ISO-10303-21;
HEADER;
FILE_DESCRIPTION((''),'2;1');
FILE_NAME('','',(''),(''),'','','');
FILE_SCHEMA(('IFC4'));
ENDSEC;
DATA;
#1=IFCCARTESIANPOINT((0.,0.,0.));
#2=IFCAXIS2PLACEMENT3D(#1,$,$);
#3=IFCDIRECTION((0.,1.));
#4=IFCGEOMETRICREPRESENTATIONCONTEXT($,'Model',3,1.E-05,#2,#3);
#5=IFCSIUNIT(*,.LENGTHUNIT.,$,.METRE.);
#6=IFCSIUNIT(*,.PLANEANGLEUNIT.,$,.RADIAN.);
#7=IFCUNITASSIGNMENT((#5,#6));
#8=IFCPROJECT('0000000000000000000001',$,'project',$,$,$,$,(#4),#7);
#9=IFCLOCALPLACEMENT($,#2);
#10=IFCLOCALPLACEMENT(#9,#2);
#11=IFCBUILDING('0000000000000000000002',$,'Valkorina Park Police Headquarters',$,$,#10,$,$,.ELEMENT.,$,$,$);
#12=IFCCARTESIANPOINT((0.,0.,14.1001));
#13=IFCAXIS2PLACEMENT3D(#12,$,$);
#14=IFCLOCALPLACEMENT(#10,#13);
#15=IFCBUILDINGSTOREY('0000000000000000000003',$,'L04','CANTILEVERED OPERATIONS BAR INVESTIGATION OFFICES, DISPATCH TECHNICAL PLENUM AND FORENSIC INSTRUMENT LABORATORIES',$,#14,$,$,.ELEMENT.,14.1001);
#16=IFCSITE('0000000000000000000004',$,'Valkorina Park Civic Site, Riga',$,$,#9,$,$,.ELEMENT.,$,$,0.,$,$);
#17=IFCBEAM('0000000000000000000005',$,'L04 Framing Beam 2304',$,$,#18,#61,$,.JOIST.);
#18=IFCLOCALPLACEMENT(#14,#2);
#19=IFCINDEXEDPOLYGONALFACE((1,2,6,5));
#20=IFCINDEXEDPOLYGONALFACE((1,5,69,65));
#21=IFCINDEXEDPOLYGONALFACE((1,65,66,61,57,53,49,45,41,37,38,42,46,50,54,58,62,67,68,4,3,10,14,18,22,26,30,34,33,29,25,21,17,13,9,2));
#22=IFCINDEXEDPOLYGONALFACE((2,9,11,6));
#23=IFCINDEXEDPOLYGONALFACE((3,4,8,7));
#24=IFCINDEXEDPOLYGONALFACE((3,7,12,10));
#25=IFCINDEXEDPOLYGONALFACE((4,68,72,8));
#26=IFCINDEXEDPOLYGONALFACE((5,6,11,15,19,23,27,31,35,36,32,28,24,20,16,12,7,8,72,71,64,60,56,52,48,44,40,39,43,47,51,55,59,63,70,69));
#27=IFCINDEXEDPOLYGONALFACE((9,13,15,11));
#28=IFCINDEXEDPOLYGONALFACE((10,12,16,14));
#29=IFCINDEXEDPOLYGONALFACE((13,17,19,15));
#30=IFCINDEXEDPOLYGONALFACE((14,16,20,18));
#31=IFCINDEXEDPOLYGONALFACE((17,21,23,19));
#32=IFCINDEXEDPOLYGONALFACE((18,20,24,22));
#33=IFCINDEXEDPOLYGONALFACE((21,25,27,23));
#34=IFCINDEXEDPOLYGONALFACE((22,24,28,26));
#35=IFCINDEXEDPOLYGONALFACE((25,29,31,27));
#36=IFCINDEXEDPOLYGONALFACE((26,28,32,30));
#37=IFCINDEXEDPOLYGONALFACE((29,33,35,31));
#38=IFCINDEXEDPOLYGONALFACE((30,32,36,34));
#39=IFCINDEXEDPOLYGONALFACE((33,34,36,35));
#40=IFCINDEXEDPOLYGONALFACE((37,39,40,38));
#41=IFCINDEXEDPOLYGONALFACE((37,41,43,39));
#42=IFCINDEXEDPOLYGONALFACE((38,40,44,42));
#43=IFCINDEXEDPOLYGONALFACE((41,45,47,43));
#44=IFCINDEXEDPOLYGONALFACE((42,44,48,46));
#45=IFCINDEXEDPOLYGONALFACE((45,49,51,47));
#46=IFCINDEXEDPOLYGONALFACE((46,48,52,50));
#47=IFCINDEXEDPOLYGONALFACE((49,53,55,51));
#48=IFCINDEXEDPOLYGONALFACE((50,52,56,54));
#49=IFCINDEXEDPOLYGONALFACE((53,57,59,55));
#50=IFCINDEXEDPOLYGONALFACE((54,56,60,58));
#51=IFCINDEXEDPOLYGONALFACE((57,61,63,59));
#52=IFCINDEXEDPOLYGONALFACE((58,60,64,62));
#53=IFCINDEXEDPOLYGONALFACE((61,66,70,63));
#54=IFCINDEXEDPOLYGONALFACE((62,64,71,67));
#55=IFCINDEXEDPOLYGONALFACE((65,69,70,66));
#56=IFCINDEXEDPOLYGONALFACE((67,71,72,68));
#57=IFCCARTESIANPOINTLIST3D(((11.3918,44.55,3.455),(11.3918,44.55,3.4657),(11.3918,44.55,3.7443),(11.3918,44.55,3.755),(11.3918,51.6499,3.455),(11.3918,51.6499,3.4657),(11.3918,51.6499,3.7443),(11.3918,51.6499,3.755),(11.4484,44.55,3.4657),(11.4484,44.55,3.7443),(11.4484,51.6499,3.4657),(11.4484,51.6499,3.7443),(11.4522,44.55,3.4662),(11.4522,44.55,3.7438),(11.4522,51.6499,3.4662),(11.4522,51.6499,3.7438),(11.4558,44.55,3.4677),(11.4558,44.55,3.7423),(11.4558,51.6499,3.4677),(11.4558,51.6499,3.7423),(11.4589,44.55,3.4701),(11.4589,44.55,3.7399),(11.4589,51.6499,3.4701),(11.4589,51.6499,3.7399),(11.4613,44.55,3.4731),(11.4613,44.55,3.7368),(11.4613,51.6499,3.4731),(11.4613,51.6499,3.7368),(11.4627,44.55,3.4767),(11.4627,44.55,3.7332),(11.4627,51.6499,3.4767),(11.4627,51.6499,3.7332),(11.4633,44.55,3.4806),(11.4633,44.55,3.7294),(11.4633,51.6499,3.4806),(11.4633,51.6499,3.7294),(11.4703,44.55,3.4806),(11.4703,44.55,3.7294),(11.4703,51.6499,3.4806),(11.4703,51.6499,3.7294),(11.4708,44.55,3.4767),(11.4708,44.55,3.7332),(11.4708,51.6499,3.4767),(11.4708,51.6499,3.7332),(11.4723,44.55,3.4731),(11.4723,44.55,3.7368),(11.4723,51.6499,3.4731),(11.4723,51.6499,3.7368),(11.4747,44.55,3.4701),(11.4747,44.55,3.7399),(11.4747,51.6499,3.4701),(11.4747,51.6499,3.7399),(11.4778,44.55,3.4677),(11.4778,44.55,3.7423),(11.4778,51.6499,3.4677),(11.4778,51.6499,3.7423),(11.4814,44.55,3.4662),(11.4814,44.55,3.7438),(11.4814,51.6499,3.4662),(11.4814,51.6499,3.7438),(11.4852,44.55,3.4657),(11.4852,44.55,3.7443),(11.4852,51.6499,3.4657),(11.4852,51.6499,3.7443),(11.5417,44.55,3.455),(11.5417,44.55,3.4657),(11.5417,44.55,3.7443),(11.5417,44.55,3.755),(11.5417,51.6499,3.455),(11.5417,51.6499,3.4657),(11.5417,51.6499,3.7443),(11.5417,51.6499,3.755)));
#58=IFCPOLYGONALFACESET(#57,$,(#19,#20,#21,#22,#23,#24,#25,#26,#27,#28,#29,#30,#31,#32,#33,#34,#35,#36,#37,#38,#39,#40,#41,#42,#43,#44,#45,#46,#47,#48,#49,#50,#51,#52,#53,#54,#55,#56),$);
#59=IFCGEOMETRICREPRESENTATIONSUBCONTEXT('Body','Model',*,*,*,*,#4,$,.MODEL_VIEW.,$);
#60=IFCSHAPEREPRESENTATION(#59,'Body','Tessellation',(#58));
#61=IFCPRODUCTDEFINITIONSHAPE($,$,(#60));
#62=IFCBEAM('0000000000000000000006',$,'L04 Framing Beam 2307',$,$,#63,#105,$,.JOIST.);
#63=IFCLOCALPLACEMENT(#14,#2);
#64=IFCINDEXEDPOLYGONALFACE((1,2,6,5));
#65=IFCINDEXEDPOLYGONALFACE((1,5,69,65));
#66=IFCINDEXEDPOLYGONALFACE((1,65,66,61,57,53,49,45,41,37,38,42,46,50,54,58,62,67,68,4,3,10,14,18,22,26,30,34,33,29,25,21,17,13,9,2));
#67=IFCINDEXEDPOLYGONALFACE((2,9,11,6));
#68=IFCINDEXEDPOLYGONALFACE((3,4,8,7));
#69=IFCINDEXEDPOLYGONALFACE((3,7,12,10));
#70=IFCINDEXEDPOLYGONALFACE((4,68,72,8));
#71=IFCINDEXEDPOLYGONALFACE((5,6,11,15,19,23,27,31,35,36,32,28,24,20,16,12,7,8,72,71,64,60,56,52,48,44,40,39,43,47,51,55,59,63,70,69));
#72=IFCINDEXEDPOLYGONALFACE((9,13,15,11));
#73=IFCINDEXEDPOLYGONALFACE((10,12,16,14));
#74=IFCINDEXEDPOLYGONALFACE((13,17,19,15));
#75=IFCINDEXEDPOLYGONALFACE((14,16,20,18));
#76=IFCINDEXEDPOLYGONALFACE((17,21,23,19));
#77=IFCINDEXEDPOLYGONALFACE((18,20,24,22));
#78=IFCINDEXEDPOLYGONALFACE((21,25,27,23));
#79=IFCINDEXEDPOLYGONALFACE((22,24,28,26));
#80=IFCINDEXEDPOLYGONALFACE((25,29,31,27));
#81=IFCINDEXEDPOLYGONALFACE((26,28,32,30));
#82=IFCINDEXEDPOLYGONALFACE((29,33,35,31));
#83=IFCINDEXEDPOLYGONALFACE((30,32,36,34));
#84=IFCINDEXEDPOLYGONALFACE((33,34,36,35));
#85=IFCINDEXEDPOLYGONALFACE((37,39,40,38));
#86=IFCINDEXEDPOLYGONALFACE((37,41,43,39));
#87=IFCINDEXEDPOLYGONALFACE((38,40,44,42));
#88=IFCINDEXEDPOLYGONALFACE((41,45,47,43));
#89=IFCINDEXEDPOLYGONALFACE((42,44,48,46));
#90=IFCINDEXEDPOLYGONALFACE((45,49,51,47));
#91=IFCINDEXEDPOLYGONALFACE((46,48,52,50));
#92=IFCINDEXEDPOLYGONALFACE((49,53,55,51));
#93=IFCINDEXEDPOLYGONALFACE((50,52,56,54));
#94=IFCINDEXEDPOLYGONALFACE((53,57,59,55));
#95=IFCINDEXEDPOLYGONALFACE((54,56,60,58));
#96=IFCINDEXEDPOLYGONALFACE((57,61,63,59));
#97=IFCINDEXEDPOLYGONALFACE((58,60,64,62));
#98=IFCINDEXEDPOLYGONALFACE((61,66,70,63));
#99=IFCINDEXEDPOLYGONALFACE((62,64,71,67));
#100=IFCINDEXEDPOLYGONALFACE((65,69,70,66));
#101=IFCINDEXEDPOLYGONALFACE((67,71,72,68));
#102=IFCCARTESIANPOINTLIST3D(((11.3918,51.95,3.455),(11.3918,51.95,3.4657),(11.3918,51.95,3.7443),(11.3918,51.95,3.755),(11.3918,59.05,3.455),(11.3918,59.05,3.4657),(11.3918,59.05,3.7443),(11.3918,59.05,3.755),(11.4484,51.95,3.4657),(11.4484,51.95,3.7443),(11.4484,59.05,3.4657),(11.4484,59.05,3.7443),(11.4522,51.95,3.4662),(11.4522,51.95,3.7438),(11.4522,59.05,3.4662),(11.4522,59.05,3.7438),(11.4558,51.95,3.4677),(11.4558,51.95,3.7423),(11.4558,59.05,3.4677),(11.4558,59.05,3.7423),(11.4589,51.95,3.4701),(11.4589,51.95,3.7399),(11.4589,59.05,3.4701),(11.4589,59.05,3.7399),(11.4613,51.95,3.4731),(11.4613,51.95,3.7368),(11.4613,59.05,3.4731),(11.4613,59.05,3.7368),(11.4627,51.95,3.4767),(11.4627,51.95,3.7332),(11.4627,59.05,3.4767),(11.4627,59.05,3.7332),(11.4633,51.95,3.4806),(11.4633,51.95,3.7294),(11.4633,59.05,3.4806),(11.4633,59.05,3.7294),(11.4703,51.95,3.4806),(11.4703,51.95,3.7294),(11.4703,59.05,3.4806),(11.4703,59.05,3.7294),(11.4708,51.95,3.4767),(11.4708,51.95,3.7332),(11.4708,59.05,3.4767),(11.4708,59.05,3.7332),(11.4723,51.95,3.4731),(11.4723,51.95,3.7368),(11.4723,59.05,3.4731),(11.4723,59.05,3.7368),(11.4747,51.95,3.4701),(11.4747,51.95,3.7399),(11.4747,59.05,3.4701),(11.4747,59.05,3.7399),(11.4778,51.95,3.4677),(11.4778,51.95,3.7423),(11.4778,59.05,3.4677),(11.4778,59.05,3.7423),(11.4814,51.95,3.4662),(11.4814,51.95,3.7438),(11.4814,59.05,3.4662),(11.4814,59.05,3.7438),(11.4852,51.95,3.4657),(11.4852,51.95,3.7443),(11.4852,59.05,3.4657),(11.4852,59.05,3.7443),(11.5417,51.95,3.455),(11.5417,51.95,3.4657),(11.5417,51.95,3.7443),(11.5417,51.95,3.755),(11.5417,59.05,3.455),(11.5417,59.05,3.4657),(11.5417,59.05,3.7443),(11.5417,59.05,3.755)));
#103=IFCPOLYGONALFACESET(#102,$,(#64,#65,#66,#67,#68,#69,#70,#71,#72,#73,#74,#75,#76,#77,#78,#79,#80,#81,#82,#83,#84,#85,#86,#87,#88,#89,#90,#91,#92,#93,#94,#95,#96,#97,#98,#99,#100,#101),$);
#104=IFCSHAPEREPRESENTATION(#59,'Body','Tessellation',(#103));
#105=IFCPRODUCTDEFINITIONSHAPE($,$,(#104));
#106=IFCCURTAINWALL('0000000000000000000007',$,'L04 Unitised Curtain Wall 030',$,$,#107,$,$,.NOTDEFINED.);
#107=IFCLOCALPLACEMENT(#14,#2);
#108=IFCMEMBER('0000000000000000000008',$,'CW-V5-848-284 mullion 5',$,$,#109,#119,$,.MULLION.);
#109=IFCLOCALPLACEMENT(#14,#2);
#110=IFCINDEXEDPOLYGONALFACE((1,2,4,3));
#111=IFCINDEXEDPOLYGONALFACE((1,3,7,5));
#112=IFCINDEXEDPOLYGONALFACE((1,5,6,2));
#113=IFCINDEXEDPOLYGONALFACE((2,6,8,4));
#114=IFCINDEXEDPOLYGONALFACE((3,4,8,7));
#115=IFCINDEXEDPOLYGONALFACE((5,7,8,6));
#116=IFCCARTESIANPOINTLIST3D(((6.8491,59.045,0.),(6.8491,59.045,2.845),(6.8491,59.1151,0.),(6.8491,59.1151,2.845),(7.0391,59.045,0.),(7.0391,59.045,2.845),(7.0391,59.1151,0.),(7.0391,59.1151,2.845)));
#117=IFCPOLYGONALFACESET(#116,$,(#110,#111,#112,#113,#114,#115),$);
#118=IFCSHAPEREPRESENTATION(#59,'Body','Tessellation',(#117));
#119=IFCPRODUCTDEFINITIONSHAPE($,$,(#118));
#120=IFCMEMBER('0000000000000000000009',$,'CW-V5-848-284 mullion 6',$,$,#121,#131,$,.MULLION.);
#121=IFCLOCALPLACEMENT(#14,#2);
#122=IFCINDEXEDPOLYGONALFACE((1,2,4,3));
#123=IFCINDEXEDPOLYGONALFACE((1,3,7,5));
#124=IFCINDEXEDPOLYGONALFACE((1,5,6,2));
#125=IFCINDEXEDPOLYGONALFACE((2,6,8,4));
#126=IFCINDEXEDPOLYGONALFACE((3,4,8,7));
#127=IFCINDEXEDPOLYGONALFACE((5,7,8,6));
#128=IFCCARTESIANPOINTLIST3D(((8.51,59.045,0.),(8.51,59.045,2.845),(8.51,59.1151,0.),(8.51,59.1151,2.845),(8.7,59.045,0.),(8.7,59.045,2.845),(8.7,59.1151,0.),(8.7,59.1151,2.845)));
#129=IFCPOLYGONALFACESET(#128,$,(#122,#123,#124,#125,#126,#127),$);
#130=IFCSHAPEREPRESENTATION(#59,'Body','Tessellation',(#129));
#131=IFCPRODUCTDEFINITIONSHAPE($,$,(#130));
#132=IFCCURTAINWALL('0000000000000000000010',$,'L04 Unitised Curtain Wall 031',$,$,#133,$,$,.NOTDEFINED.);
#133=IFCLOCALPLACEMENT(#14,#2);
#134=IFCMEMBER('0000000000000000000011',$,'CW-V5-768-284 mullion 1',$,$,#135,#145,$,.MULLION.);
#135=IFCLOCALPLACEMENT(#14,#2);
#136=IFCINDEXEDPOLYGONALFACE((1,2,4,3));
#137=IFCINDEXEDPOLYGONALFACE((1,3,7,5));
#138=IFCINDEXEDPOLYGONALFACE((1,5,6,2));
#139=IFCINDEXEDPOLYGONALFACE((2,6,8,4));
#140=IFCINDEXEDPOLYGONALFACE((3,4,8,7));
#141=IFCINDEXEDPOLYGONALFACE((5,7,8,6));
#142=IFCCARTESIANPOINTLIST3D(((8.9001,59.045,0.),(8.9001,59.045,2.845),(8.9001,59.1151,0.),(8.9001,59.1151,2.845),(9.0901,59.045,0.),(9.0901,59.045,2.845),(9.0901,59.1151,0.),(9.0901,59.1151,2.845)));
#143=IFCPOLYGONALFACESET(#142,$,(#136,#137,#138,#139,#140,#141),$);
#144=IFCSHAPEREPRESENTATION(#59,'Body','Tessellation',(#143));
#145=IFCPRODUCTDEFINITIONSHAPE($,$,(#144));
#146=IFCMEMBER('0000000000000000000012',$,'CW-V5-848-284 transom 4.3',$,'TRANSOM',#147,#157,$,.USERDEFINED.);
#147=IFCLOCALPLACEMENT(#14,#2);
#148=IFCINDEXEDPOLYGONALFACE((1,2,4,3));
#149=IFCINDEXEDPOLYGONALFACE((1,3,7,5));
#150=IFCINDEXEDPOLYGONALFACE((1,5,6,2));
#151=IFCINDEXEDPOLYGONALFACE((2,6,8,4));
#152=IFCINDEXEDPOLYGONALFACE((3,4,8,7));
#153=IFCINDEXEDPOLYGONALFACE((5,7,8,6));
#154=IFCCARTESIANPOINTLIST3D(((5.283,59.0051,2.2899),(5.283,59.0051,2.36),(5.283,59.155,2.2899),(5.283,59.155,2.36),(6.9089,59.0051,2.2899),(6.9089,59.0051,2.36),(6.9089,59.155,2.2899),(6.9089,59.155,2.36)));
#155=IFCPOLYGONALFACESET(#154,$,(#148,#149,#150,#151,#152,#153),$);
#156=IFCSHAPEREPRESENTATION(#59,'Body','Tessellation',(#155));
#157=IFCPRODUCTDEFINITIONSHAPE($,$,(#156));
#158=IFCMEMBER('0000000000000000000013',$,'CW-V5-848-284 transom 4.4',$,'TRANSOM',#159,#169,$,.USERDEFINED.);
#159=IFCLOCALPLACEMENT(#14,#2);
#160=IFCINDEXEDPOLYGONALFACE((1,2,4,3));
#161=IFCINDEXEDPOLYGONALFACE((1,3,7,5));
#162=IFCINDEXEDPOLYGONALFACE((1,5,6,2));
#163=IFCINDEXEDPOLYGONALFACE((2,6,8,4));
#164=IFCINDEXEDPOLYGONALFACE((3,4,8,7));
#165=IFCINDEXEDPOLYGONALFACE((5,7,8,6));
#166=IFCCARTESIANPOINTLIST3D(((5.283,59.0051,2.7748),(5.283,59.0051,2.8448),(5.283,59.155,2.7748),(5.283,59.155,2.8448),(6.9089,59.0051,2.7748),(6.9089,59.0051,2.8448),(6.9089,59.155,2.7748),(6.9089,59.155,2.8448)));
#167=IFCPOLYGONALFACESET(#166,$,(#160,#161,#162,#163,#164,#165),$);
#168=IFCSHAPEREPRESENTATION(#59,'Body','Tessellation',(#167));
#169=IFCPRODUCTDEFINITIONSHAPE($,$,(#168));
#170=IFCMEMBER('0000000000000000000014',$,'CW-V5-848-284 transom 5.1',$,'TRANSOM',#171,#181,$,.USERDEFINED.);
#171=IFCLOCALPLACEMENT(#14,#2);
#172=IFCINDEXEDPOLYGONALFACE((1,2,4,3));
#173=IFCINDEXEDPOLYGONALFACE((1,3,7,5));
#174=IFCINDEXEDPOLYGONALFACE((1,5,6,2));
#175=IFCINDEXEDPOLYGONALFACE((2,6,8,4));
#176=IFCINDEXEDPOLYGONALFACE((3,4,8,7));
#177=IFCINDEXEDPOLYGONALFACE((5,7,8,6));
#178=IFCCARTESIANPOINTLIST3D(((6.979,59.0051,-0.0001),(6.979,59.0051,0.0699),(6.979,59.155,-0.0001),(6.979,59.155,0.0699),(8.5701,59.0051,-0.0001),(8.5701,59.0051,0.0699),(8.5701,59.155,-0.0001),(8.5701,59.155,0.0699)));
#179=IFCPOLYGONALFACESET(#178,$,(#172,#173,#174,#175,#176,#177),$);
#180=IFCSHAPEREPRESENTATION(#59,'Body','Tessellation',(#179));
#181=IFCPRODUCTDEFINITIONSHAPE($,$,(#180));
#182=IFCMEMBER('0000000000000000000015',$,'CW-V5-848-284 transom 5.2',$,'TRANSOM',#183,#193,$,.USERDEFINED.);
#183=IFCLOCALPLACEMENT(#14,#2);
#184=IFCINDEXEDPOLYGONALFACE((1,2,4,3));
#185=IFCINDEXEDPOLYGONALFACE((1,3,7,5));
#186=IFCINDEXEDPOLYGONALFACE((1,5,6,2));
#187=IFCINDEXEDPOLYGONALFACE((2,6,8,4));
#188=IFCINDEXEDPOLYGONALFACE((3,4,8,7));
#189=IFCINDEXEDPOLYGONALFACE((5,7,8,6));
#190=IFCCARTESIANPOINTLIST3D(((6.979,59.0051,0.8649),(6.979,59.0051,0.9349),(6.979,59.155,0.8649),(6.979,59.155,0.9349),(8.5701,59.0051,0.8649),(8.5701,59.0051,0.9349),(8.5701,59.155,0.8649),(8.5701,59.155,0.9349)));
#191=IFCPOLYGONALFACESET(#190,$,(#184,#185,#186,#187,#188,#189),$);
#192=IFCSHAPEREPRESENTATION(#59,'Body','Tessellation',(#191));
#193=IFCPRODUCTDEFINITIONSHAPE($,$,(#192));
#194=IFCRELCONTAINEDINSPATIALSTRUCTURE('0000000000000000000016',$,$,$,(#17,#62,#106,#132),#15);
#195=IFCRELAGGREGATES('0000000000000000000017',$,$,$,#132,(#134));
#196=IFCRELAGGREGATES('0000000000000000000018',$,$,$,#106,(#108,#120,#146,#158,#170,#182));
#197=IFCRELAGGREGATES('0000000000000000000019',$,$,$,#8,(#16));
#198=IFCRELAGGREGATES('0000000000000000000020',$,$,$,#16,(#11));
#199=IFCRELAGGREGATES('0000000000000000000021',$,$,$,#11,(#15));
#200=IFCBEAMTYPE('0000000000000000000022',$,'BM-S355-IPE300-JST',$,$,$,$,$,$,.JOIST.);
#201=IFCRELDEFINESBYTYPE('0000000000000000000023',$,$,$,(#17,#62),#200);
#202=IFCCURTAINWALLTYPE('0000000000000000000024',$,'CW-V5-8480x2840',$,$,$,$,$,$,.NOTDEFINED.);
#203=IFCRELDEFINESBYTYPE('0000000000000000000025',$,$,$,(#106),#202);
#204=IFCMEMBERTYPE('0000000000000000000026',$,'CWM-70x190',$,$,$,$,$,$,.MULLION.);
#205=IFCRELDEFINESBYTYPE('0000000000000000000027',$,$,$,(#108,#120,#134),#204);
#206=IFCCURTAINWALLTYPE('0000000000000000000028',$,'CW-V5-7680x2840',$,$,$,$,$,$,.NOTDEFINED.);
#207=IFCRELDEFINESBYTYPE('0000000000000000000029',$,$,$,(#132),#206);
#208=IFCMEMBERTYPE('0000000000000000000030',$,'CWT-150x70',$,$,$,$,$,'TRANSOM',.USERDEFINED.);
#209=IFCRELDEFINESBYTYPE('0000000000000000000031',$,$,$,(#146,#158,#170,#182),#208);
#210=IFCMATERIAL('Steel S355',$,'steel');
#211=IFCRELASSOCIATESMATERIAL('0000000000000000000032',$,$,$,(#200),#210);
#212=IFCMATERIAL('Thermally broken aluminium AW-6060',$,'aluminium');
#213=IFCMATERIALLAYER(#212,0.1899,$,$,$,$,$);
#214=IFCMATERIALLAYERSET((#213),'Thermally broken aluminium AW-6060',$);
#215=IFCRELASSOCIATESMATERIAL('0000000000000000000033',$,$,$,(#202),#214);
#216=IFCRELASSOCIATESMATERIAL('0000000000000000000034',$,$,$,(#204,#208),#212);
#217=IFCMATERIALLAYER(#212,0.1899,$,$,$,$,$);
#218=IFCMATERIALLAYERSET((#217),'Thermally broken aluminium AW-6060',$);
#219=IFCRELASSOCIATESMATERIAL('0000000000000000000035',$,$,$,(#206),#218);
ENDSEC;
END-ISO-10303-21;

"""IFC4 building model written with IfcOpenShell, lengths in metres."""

from ifc_helpers import new_model, si_unit, direction, frame, origin, origin_2d, place, context, subcontext, project, spatial, rectangle, i_section, extrude, material, layer, layer_set, material_profile, profile_set, type_object, element, aggregate, save


model = new_model("IFC4")

# Units and contexts
model_context = context("Model", 3, precision=1e-05, world=origin(), true_north=direction((0.0, 1.0)))
body_context = subcontext(model_context, "Body", "Model", "MODEL_VIEW")
ifc_project = project(units=[si_unit("LENGTHUNIT", "METRE"), si_unit("PLANEANGLEUNIT", "RADIAN")], contexts=[model_context])

# Site, building, storey
site_placement = place(None, origin())
site = spatial("IfcSite", under=ifc_project, at=site_placement, Name="Valkorina Park Civic Site, Riga", CompositionType="ELEMENT", RefElevation=0.0)
building_placement = place(site_placement, origin())
building = spatial("IfcBuilding", under=site, at=building_placement, Name="Valkorina Park Police Headquarters", CompositionType="ELEMENT")
storey_placement = place(building_placement, frame((0.0, 0.0, 14.1001)))
storey = spatial("IfcBuildingStorey", under=building, at=storey_placement, Name="L04", Description="CANTILEVERED OPERATIONS BAR INVESTIGATION OFFICES, DISPATCH TECHNICAL PLENUM AND FORENSIC INSTRUMENT LABORATORIES", CompositionType="ELEMENT", Elevation=14.1001)

# Shared definitions
ifc_material_1 = material(Name="Steel S355", Category="steel")

# Beams
ifc_material_profile_1 = material_profile(ifc_material_1, i_section(OverallWidth=0.1499, OverallDepth=0.3, WebThickness=0.0071, FlangeThickness=0.0107, FilletRadius=0.0149, at=origin_2d()), Name="IPE 300")
ifc_profile_set_1 = profile_set([ifc_material_profile_1], Name="Steel S355")
beam_type_1 = type_object("IfcBeamType", Name="BM-S355-IPE300-JST", PredefinedType="JOIST", material=ifc_profile_set_1)
beam_1_placement = place(storey_placement, frame((11.4668, 44.55, 3.605), z_axis=(0.0, 1.0, 0.0), x_axis=(-1.0, 0.0, 0.0)))
element("IfcBeam", 1, at=beam_1_placement, inside=storey, type_object=beam_type_1, Name="L04 Framing Beam 2304", PredefinedType="JOIST", context=body_context, shape_type="SweptSolid", body=[
    extrude(i_section(OverallWidth=0.1499, OverallDepth=0.3, WebThickness=0.0071, FlangeThickness=0.0107, FilletRadius=0.0149, at=origin_2d()), origin(), (0.0, 0.0, 1.0), 7.0999),
])
beam_2_placement = place(storey_placement, frame((11.4668, 51.95, 3.605), z_axis=(0.0, 1.0, 0.0), x_axis=(-1.0, 0.0, 0.0)))
element("IfcBeam", 2, at=beam_2_placement, inside=storey, type_object=beam_type_1, Name="L04 Framing Beam 2307", PredefinedType="JOIST", context=body_context, shape_type="SweptSolid", body=[
    extrude(i_section(OverallWidth=0.1499, OverallDepth=0.3, WebThickness=0.0071, FlangeThickness=0.0107, FilletRadius=0.0149, at=origin_2d()), origin(), (0.0, 0.0, 1.0), 7.1001),
])

# Curtain wall, members
ifc_material_2 = material(Name="Thermally broken aluminium AW-6060", Category="aluminium")
ifc_layer_1 = layer(ifc_material_2, 0.1899)
ifc_layer_set_1 = layer_set([ifc_layer_1], Name="Thermally broken aluminium AW-6060")
curtain_wall_type_1 = type_object("IfcCurtainWallType", Name="CW-V5-8480x2840", PredefinedType="NOTDEFINED", material=ifc_layer_set_1)
curtain_wall_1_placement = place(storey_placement, origin())
curtain_wall_1 = element("IfcCurtainWall", 3, at=curtain_wall_1_placement, inside=storey, type_object=curtain_wall_type_1, Name="L04 Unitised Curtain Wall 030", PredefinedType="NOTDEFINED")
ifc_material_profile_2 = material_profile(ifc_material_2, rectangle(XDim=0.0701, YDim=0.1899, at=origin_2d()), Name="CWM-02 70x190")
ifc_profile_set_2 = profile_set([ifc_material_profile_2], Name="Thermally broken aluminium AW-6060")
member_type_1 = type_object("IfcMemberType", Name="CWM-70x190", PredefinedType="MULLION", material=ifc_profile_set_2)
member_1_placement = place(storey_placement, frame((6.9441, 59.0801, 0.0), z_axis=(0.0, 0.0, 1.0), x_axis=(0.0, 1.0, 0.0)))
member_1 = element("IfcMember", 4, at=member_1_placement, type_object=member_type_1, Name="CW-V5-848-284 mullion 5", PredefinedType="MULLION", context=body_context, shape_type="SweptSolid", body=[
    extrude(rectangle(XDim=0.0701, YDim=0.1899, at=origin_2d()), origin(), (0.0, 0.0, 1.0), 2.845),
])
member_2_placement = place(storey_placement, frame((8.605, 59.0801, 0.0), z_axis=(0.0, 0.0, 1.0), x_axis=(0.0, 1.0, 0.0)))
member_2 = element("IfcMember", 5, at=member_2_placement, type_object=member_type_1, Name="CW-V5-848-284 mullion 6", PredefinedType="MULLION", context=body_context, shape_type="SweptSolid", body=[
    extrude(rectangle(XDim=0.0701, YDim=0.1899, at=origin_2d()), origin(), (0.0, 0.0, 1.0), 2.845),
])

# Curtain wall, member
ifc_layer_2 = layer(ifc_material_2, 0.1899)
ifc_layer_set_2 = layer_set([ifc_layer_2], Name="Thermally broken aluminium AW-6060")
curtain_wall_type_2 = type_object("IfcCurtainWallType", Name="CW-V5-7680x2840", PredefinedType="NOTDEFINED", material=ifc_layer_set_2)
curtain_wall_2_placement = place(storey_placement, origin())
curtain_wall_2 = element("IfcCurtainWall", 6, at=curtain_wall_2_placement, inside=storey, type_object=curtain_wall_type_2, Name="L04 Unitised Curtain Wall 031", PredefinedType="NOTDEFINED")
member_3_placement = place(storey_placement, frame((8.9951, 59.0801, 0.0), z_axis=(0.0, 0.0, 1.0), x_axis=(0.0, 1.0, 0.0)))
member_3 = element("IfcMember", 7, at=member_3_placement, type_object=member_type_1, Name="CW-V5-768-284 mullion 1", PredefinedType="MULLION", context=body_context, shape_type="SweptSolid", body=[
    extrude(rectangle(XDim=0.0701, YDim=0.1899, at=origin_2d()), origin(), (0.0, 0.0, 1.0), 2.845),
])

# Members
ifc_material_profile_3 = material_profile(ifc_material_2, rectangle(XDim=0.1499, YDim=0.0701, at=origin_2d()), Name="CWT-02 150x70")
ifc_profile_set_3 = profile_set([ifc_material_profile_3], Name="Thermally broken aluminium AW-6060")
member_type_2 = type_object("IfcMemberType", Name="CWT-150x70", ElementType="TRANSOM", PredefinedType="USERDEFINED", material=ifc_profile_set_3)
member_4_placement = place(storey_placement, frame((5.283, 59.0801, 2.325), z_axis=(1.0, 0.0, 0.0), x_axis=(0.0, 1.0, 0.0)))
member_4 = element("IfcMember", 8, at=member_4_placement, type_object=member_type_2, Name="CW-V5-848-284 transom 4.3", ObjectType="TRANSOM", PredefinedType="USERDEFINED", context=body_context, shape_type="SweptSolid", body=[
    extrude(rectangle(XDim=0.1499, YDim=0.0701, at=origin_2d()), origin(), (0.0, 0.0, 1.0), 1.626),
])
member_5_placement = place(storey_placement, frame((5.283, 59.0801, 2.8098), z_axis=(1.0, 0.0, 0.0), x_axis=(0.0, 1.0, 0.0)))
member_5 = element("IfcMember", 9, at=member_5_placement, type_object=member_type_2, Name="CW-V5-848-284 transom 4.4", ObjectType="TRANSOM", PredefinedType="USERDEFINED", context=body_context, shape_type="SweptSolid", body=[
    extrude(rectangle(XDim=0.1499, YDim=0.0701, at=origin_2d()), origin(), (0.0, 0.0, 1.0), 1.626),
])
member_6_placement = place(storey_placement, frame((6.979, 59.0801, 0.0349), z_axis=(1.0, 0.0, 0.0), x_axis=(0.0, 1.0, 0.0)))
member_6 = element("IfcMember", 10, at=member_6_placement, type_object=member_type_2, Name="CW-V5-848-284 transom 5.1", ObjectType="TRANSOM", PredefinedType="USERDEFINED", context=body_context, shape_type="SweptSolid", body=[
    extrude(rectangle(XDim=0.1499, YDim=0.0701, at=origin_2d()), origin(), (0.0, 0.0, 1.0), 1.5911),
])
member_7_placement = place(storey_placement, frame((6.979, 59.0801, 0.8999), z_axis=(1.0, 0.0, 0.0), x_axis=(0.0, 1.0, 0.0)))
member_7 = element("IfcMember", 11, at=member_7_placement, type_object=member_type_2, Name="CW-V5-848-284 transom 5.2", ObjectType="TRANSOM", PredefinedType="USERDEFINED", context=body_context, shape_type="SweptSolid", body=[
    extrude(rectangle(XDim=0.1499, YDim=0.0701, at=origin_2d()), origin(), (0.0, 0.0, 1.0), 1.5911),
])
aggregate(curtain_wall_2, [member_3])

aggregate(curtain_wall_1, [member_1, member_2, member_4, member_5, member_6, member_7])

save(model, "model.ifc")
